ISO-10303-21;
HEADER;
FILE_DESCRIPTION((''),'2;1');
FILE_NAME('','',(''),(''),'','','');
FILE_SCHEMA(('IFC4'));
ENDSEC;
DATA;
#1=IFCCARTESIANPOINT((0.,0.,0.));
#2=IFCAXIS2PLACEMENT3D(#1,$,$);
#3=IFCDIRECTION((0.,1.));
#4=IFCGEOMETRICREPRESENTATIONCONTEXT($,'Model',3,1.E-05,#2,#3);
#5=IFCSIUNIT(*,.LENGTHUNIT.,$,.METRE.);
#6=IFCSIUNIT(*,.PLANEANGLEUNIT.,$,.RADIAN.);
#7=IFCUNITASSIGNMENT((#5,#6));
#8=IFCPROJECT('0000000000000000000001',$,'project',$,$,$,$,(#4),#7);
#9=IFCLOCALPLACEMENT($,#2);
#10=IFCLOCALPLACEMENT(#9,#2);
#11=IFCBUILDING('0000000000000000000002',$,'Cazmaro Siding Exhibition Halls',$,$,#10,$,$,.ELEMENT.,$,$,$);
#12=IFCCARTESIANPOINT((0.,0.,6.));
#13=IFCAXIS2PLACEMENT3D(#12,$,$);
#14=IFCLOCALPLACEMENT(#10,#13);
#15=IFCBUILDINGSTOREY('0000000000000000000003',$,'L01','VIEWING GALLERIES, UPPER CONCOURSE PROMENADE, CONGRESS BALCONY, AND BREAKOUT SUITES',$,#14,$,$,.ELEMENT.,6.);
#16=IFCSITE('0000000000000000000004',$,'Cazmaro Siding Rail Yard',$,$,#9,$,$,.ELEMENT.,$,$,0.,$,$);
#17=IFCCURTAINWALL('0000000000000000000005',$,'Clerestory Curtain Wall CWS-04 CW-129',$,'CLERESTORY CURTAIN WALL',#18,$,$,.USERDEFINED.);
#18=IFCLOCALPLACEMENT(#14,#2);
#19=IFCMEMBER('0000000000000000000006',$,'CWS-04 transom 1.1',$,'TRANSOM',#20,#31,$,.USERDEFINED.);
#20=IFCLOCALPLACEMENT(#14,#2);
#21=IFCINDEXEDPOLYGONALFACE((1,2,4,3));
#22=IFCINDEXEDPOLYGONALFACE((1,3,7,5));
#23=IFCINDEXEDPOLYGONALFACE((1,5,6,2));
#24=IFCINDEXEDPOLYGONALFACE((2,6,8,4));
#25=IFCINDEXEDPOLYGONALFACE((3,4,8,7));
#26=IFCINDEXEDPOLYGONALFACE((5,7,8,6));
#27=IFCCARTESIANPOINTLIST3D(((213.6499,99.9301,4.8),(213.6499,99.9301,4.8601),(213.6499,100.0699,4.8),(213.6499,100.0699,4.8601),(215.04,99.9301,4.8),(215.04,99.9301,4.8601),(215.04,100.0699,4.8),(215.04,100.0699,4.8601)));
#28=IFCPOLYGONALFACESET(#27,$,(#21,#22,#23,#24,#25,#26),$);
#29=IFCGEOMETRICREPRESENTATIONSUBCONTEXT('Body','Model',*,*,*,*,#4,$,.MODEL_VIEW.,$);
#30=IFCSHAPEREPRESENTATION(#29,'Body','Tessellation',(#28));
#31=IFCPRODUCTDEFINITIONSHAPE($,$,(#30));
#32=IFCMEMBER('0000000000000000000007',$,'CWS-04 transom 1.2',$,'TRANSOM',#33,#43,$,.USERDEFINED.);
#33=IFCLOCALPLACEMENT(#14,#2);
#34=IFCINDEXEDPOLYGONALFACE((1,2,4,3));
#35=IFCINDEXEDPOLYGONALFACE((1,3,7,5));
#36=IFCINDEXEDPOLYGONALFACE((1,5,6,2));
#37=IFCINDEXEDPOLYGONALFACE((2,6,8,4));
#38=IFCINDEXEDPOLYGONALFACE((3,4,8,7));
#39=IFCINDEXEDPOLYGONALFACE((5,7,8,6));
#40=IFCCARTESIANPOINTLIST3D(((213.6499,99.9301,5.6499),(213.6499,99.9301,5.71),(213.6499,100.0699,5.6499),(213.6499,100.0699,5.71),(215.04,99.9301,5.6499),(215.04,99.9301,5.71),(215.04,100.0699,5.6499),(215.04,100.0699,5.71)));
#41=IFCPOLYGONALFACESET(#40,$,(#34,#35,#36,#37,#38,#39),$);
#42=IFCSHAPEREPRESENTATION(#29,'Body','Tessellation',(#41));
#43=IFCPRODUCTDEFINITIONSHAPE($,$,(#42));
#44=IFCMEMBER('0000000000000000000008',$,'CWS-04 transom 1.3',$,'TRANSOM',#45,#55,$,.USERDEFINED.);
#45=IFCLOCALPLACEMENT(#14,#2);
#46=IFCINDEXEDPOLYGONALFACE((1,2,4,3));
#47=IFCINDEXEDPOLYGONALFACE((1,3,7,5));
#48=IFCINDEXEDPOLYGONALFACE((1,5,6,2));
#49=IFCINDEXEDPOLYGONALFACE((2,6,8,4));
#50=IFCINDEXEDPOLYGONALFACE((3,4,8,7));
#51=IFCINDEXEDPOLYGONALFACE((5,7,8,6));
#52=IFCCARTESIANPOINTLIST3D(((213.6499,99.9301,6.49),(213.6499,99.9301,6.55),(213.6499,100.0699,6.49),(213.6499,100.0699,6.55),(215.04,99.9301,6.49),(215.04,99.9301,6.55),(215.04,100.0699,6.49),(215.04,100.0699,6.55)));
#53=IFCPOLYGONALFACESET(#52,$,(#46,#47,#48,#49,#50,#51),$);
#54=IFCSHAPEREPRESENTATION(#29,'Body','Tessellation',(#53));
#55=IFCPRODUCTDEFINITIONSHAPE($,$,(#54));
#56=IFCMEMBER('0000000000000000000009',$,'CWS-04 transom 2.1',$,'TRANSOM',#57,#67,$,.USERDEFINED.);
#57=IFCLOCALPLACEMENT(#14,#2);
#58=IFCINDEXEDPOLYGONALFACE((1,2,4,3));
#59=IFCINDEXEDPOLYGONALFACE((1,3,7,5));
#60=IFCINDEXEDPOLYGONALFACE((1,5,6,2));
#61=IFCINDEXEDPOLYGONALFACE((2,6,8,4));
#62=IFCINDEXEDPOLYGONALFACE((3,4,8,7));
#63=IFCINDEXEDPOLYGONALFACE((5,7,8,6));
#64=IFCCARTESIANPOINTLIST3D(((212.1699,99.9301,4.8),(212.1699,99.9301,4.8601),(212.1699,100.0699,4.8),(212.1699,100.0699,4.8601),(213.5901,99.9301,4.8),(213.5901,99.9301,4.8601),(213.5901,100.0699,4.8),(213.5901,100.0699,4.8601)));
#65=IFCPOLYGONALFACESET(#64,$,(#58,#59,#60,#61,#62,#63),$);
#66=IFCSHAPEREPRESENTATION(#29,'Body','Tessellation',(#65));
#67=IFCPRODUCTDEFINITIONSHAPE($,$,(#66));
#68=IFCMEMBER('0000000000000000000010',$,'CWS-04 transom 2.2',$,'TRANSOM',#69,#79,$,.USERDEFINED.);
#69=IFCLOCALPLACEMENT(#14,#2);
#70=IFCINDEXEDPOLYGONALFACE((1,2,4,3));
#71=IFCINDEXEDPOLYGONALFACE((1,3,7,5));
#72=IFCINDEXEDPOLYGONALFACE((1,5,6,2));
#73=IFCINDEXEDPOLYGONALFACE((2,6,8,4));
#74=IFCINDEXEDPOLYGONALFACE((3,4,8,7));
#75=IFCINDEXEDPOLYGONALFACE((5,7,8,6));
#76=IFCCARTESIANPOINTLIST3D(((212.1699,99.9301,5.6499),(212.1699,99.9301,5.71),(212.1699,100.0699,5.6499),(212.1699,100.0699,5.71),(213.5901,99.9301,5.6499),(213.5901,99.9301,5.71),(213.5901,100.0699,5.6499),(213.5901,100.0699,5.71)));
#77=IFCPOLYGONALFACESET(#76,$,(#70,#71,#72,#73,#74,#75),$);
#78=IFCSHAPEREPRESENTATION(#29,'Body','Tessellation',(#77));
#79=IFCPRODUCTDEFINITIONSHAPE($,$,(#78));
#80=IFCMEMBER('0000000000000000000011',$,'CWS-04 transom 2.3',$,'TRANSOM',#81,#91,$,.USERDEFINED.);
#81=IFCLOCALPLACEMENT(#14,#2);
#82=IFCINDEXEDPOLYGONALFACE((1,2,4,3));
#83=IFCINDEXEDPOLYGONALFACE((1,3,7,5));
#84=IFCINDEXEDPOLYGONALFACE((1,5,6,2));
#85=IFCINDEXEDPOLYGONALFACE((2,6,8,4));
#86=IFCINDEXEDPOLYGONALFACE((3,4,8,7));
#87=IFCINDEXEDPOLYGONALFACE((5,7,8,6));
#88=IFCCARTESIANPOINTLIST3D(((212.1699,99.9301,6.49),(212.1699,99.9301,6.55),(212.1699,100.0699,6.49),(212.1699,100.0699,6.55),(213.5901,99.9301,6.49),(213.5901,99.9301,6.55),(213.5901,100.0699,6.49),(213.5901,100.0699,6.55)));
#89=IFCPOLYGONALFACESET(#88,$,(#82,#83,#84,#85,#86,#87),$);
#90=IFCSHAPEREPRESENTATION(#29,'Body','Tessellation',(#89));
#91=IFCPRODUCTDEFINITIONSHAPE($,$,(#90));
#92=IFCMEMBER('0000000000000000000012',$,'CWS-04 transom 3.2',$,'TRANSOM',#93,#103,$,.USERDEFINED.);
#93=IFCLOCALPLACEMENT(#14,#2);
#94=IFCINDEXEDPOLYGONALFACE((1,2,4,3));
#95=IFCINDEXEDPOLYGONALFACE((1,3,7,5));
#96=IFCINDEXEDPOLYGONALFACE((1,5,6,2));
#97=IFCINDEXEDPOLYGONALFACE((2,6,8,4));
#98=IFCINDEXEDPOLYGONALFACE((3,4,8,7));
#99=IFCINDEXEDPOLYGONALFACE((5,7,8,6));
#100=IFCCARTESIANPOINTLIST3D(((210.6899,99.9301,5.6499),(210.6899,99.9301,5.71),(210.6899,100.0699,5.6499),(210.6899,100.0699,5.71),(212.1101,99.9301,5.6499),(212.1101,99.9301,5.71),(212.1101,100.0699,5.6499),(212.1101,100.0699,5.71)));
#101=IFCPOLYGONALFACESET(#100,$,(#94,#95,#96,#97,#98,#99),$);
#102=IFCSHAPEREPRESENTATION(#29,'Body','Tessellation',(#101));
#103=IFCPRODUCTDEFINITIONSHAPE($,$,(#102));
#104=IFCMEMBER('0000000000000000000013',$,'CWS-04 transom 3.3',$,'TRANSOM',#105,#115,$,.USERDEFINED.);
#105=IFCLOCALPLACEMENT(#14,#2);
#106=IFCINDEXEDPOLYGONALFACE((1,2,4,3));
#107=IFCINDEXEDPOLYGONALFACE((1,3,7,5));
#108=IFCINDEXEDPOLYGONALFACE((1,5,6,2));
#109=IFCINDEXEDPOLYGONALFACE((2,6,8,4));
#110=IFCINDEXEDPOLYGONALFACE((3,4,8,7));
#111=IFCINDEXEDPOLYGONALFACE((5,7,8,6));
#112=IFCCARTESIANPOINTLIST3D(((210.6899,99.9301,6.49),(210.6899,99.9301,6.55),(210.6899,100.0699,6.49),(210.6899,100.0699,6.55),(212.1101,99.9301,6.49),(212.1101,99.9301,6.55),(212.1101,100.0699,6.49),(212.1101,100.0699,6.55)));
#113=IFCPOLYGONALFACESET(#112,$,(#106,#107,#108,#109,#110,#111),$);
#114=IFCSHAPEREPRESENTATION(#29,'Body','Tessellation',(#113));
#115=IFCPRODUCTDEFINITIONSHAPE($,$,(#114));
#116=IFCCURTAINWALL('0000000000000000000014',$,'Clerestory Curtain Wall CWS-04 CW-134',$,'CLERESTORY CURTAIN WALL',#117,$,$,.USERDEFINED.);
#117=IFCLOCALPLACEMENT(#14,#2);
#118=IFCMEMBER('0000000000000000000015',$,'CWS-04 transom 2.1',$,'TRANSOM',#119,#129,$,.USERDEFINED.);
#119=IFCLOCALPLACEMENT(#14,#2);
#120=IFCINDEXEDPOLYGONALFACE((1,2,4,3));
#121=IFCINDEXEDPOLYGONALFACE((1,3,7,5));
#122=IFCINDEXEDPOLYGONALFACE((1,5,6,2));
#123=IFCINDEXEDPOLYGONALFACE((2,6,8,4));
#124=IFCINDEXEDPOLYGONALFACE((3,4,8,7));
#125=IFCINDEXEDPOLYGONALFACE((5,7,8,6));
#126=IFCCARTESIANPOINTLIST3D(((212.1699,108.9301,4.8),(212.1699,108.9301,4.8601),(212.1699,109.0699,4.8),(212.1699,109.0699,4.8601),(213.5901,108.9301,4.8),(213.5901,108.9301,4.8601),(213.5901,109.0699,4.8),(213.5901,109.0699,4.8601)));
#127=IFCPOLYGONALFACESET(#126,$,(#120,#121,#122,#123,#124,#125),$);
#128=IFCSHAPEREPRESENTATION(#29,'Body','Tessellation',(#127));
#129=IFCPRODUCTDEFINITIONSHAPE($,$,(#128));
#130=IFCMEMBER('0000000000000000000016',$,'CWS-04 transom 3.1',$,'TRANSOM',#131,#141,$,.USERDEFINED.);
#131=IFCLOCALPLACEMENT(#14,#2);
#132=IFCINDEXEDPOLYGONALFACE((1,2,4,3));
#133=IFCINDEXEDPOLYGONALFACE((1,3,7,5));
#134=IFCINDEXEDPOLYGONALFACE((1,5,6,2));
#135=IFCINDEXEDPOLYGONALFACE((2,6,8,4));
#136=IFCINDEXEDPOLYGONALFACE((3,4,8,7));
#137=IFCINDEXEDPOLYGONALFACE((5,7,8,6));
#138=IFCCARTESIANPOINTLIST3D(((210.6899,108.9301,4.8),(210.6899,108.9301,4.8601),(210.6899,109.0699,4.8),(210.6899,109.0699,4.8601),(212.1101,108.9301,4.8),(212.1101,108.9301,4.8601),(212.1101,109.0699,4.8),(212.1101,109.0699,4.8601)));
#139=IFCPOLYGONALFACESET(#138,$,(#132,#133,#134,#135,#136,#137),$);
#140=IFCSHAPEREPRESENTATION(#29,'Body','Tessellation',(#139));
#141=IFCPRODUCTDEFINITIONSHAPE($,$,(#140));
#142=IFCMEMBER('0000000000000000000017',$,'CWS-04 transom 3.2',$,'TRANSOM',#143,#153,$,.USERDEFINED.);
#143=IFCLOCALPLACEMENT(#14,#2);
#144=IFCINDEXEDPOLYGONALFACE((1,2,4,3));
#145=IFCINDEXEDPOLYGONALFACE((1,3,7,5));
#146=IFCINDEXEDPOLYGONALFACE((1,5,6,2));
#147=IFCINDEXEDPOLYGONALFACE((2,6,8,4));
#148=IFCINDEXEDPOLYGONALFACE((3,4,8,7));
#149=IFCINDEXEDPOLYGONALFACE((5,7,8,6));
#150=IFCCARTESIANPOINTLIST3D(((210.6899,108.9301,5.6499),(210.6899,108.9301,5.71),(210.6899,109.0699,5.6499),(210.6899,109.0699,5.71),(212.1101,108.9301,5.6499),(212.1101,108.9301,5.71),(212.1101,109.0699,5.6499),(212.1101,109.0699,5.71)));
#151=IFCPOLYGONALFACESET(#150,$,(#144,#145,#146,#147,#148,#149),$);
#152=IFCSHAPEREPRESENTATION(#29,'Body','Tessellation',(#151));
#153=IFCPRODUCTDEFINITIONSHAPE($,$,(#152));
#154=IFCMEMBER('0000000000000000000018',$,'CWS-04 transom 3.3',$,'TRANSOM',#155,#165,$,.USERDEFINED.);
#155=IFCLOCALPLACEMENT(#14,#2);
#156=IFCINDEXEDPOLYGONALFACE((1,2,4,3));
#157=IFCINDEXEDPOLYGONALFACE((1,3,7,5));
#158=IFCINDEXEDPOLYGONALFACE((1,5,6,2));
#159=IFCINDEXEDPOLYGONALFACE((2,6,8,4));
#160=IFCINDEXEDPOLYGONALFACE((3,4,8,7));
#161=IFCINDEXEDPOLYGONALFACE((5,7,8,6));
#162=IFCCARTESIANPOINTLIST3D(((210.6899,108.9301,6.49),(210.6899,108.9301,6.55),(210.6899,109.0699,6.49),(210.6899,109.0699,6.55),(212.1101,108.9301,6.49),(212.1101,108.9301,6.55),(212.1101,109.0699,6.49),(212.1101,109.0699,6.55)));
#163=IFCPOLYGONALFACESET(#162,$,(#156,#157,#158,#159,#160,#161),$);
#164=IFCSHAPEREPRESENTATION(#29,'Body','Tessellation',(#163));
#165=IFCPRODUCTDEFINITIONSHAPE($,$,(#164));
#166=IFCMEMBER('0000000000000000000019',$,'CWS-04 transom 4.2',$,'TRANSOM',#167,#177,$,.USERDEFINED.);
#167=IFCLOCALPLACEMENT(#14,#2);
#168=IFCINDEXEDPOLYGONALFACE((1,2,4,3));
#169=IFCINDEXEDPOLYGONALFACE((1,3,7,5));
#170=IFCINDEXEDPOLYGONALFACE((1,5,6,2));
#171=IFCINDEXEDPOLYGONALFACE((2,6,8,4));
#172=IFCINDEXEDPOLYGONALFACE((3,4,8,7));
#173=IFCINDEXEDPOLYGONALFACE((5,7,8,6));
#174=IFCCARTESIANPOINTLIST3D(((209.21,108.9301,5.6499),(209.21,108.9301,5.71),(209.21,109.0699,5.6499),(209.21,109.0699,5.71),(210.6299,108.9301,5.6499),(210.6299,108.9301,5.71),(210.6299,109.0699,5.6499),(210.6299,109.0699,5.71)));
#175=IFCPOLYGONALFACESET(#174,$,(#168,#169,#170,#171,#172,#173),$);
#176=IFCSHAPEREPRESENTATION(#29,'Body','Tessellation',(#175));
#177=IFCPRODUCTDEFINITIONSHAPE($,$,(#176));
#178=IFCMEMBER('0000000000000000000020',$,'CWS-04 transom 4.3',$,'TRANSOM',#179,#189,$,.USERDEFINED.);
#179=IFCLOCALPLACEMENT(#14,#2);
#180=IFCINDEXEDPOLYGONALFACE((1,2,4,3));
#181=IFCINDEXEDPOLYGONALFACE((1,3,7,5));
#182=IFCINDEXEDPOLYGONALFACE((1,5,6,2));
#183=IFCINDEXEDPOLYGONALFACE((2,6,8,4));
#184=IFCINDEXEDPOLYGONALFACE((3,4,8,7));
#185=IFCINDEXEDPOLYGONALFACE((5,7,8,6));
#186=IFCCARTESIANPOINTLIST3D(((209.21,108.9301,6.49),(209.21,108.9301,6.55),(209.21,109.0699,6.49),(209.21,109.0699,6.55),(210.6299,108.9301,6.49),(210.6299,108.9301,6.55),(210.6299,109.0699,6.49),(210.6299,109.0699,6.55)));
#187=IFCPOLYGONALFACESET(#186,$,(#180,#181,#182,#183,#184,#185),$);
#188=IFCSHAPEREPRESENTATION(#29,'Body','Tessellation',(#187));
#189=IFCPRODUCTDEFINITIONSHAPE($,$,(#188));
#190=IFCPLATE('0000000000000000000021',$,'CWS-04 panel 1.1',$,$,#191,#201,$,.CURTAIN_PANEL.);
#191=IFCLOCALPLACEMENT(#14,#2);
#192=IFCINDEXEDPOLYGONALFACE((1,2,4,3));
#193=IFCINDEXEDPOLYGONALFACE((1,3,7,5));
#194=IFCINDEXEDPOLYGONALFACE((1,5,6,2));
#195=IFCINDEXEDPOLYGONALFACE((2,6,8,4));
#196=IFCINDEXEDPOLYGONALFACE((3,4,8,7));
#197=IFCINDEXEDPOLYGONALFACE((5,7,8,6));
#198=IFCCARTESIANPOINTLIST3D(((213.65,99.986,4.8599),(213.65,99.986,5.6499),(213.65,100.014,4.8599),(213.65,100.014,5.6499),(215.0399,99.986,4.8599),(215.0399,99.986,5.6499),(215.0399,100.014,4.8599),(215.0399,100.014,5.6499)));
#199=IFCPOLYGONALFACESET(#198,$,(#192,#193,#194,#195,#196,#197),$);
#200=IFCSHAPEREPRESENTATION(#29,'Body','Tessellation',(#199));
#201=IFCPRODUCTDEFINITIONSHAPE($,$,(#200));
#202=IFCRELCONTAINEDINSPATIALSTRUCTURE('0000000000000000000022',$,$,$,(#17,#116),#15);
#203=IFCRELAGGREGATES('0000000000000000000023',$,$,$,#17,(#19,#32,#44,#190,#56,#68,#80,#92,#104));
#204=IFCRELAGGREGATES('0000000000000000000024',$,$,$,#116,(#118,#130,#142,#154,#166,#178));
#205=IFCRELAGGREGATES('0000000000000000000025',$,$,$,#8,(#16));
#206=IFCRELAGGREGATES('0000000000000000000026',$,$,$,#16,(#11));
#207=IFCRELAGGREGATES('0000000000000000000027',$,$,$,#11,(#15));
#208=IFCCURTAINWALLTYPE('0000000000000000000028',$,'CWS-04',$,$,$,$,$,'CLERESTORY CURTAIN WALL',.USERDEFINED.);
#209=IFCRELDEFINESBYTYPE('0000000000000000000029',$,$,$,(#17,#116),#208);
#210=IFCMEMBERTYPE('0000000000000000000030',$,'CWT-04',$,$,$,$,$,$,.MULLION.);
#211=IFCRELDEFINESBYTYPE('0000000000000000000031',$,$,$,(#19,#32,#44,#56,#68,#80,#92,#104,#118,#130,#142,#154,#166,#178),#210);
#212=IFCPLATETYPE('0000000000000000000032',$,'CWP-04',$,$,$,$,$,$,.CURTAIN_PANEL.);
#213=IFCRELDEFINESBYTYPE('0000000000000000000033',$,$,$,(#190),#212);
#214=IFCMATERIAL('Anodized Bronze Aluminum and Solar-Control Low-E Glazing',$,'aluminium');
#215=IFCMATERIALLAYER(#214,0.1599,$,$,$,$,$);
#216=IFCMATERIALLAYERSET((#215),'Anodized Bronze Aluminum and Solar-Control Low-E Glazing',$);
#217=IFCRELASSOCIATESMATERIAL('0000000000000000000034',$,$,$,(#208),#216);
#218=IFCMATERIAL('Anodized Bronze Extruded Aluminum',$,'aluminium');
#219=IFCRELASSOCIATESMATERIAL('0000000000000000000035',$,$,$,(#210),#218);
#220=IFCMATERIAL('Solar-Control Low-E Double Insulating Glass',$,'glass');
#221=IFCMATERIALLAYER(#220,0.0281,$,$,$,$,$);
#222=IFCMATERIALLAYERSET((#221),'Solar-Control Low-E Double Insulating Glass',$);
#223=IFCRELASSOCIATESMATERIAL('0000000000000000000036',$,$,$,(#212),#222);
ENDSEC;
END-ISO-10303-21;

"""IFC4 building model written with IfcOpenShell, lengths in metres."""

from ifc_helpers import new_model, si_unit, direction, frame, origin, origin_2d, place, context, subcontext, project, spatial, rectangle, extrude, material, layer, layer_set, material_profile, profile_set, type_object, element, aggregate, save


model = new_model("IFC4")

# Units and contexts
model_context = context("Model", 3, precision=1e-05, world=origin(), true_north=direction((0.0, 1.0)))
body_context = subcontext(model_context, "Body", "Model", "MODEL_VIEW")
ifc_project = project(units=[si_unit("LENGTHUNIT", "METRE"), si_unit("PLANEANGLEUNIT", "RADIAN")], contexts=[model_context])

# Site, building, storey
site_placement = place(None, origin())
site = spatial("IfcSite", under=ifc_project, at=site_placement, Name="Cazmaro Siding Rail Yard", CompositionType="ELEMENT", RefElevation=0.0)
building_placement = place(site_placement, origin())
building = spatial("IfcBuilding", under=site, at=building_placement, Name="Cazmaro Siding Exhibition Halls", CompositionType="ELEMENT")
storey_placement = place(building_placement, frame((0.0, 0.0, 6.0)))
storey = spatial("IfcBuildingStorey", under=building, at=storey_placement, Name="L01", Description="VIEWING GALLERIES, UPPER CONCOURSE PROMENADE, CONGRESS BALCONY, AND BREAKOUT SUITES", CompositionType="ELEMENT", Elevation=6.0)

# Curtain walls, members
ifc_material_1 = material(Name="Anodized Bronze Aluminum and Solar-Control Low-E Glazing", Category="aluminium")
ifc_layer_1 = layer(ifc_material_1, 0.1599)
ifc_layer_set_1 = layer_set([ifc_layer_1], Name="Anodized Bronze Aluminum and Solar-Control Low-E Glazing")
curtain_wall_type = type_object("IfcCurtainWallType", Name="CWS-04", ElementType="CLERESTORY CURTAIN WALL", PredefinedType="USERDEFINED", material=ifc_layer_set_1)
curtain_wall_1_placement = place(storey_placement, origin())
curtain_wall_1 = element("IfcCurtainWall", 1, at=curtain_wall_1_placement, inside=storey, type_object=curtain_wall_type, Name="Clerestory Curtain Wall CWS-04 CW-129", ObjectType="CLERESTORY CURTAIN WALL", PredefinedType="USERDEFINED")
ifc_material_2 = material(Name="Anodized Bronze Extruded Aluminum", Category="aluminium")
ifc_material_profile = material_profile(ifc_material_2, rectangle(XDim=0.1399, YDim=0.0601, at=origin_2d()), Name="CWT-04")
ifc_profile_set = profile_set([ifc_material_profile], Name="Anodized Bronze Extruded Aluminum")
member_type = type_object("IfcMemberType", Name="CWT-04", PredefinedType="MULLION", material=ifc_profile_set)
member_1_placement = place(storey_placement, frame((215.04, 100.0, 4.8301), z_axis=(-1.0, 0.0, 0.0), x_axis=(0.0, -1.0, 0.0)))
member_1 = element("IfcMember", 2, at=member_1_placement, type_object=member_type, Name="CWS-04 transom 1.1", ObjectType="TRANSOM", PredefinedType="USERDEFINED", context=body_context, shape_type="SweptSolid", body=[
    extrude(rectangle(XDim=0.1399, YDim=0.0601, at=origin_2d()), origin(), (0.0, 0.0, 1.0), 1.3901),
])
member_2_placement = place(storey_placement, frame((215.04, 100.0, 5.6799), z_axis=(-1.0, 0.0, 0.0), x_axis=(0.0, -1.0, 0.0)))
member_2 = element("IfcMember", 3, at=member_2_placement, type_object=member_type, Name="CWS-04 transom 1.2", ObjectType="TRANSOM", PredefinedType="USERDEFINED", context=body_context, shape_type="SweptSolid", body=[
    extrude(rectangle(XDim=0.1399, YDim=0.0601, at=origin_2d()), origin(), (0.0, 0.0, 1.0), 1.3901),
])
member_3_placement = place(storey_placement, frame((215.04, 100.0, 6.52), z_axis=(-1.0, 0.0, 0.0), x_axis=(0.0, -1.0, 0.0)))
member_3 = element("IfcMember", 4, at=member_3_placement, type_object=member_type, Name="CWS-04 transom 1.3", ObjectType="TRANSOM", PredefinedType="USERDEFINED", context=body_context, shape_type="SweptSolid", body=[
    extrude(rectangle(XDim=0.1399, YDim=0.0601, at=origin_2d()), origin(), (0.0, 0.0, 1.0), 1.3901),
])
member_4_placement = place(storey_placement, frame((213.5901, 100.0, 4.8301), z_axis=(-1.0, 0.0, 0.0), x_axis=(0.0, -1.0, 0.0)))
member_4 = element("IfcMember", 5, at=member_4_placement, type_object=member_type, Name="CWS-04 transom 2.1", ObjectType="TRANSOM", PredefinedType="USERDEFINED", context=body_context, shape_type="SweptSolid", body=[
    extrude(rectangle(XDim=0.1399, YDim=0.0601, at=origin_2d()), origin(), (0.0, 0.0, 1.0), 1.4202),
])
member_5_placement = place(storey_placement, frame((213.5901, 100.0, 5.6799), z_axis=(-1.0, 0.0, 0.0), x_axis=(0.0, -1.0, 0.0)))
member_5 = element("IfcMember", 6, at=member_5_placement, type_object=member_type, Name="CWS-04 transom 2.2", ObjectType="TRANSOM", PredefinedType="USERDEFINED", context=body_context, shape_type="SweptSolid", body=[
    extrude(rectangle(XDim=0.1399, YDim=0.0601, at=origin_2d()), origin(), (0.0, 0.0, 1.0), 1.4202),
])
member_6_placement = place(storey_placement, frame((213.5901, 100.0, 6.52), z_axis=(-1.0, 0.0, 0.0), x_axis=(0.0, -1.0, 0.0)))
member_6 = element("IfcMember", 7, at=member_6_placement, type_object=member_type, Name="CWS-04 transom 2.3", ObjectType="TRANSOM", PredefinedType="USERDEFINED", context=body_context, shape_type="SweptSolid", body=[
    extrude(rectangle(XDim=0.1399, YDim=0.0601, at=origin_2d()), origin(), (0.0, 0.0, 1.0), 1.4202),
])
member_7_placement = place(storey_placement, frame((212.1101, 100.0, 5.6799), z_axis=(-1.0, 0.0, 0.0), x_axis=(0.0, -1.0, 0.0)))
member_7 = element("IfcMember", 8, at=member_7_placement, type_object=member_type, Name="CWS-04 transom 3.2", ObjectType="TRANSOM", PredefinedType="USERDEFINED", context=body_context, shape_type="SweptSolid", body=[
    extrude(rectangle(XDim=0.1399, YDim=0.0601, at=origin_2d()), origin(), (0.0, 0.0, 1.0), 1.4202),
])
member_8_placement = place(storey_placement, frame((212.1101, 100.0, 6.52), z_axis=(-1.0, 0.0, 0.0), x_axis=(0.0, -1.0, 0.0)))
member_8 = element("IfcMember", 9, at=member_8_placement, type_object=member_type, Name="CWS-04 transom 3.3", ObjectType="TRANSOM", PredefinedType="USERDEFINED", context=body_context, shape_type="SweptSolid", body=[
    extrude(rectangle(XDim=0.1399, YDim=0.0601, at=origin_2d()), origin(), (0.0, 0.0, 1.0), 1.4202),
])
curtain_wall_2_placement = place(storey_placement, origin())
curtain_wall_2 = element("IfcCurtainWall", 10, at=curtain_wall_2_placement, inside=storey, type_object=curtain_wall_type, Name="Clerestory Curtain Wall CWS-04 CW-134", ObjectType="CLERESTORY CURTAIN WALL", PredefinedType="USERDEFINED")
member_9_placement = place(storey_placement, frame((213.5901, 109.0, 4.8301), z_axis=(-1.0, 0.0, 0.0), x_axis=(0.0, -1.0, 0.0)))
member_9 = element("IfcMember", 11, at=member_9_placement, type_object=member_type, Name="CWS-04 transom 2.1", ObjectType="TRANSOM", PredefinedType="USERDEFINED", context=body_context, shape_type="SweptSolid", body=[
    extrude(rectangle(XDim=0.1399, YDim=0.0601, at=origin_2d()), origin(), (0.0, 0.0, 1.0), 1.4202),
])
member_10_placement = place(storey_placement, frame((212.1101, 109.0, 4.8301), z_axis=(-1.0, 0.0, 0.0), x_axis=(0.0, -1.0, 0.0)))
member_10 = element("IfcMember", 12, at=member_10_placement, type_object=member_type, Name="CWS-04 transom 3.1", ObjectType="TRANSOM", PredefinedType="USERDEFINED", context=body_context, shape_type="SweptSolid", body=[
    extrude(rectangle(XDim=0.1399, YDim=0.0601, at=origin_2d()), origin(), (0.0, 0.0, 1.0), 1.4202),
])
member_11_placement = place(storey_placement, frame((212.1101, 109.0, 5.6799), z_axis=(-1.0, 0.0, 0.0), x_axis=(0.0, -1.0, 0.0)))
member_11 = element("IfcMember", 13, at=member_11_placement, type_object=member_type, Name="CWS-04 transom 3.2", ObjectType="TRANSOM", PredefinedType="USERDEFINED", context=body_context, shape_type="SweptSolid", body=[
    extrude(rectangle(XDim=0.1399, YDim=0.0601, at=origin_2d()), origin(), (0.0, 0.0, 1.0), 1.4202),
])
member_12_placement = place(storey_placement, frame((212.1101, 109.0, 6.52), z_axis=(-1.0, 0.0, 0.0), x_axis=(0.0, -1.0, 0.0)))
member_12 = element("IfcMember", 14, at=member_12_placement, type_object=member_type, Name="CWS-04 transom 3.3", ObjectType="TRANSOM", PredefinedType="USERDEFINED", context=body_context, shape_type="SweptSolid", body=[
    extrude(rectangle(XDim=0.1399, YDim=0.0601, at=origin_2d()), origin(), (0.0, 0.0, 1.0), 1.4202),
])
member_13_placement = place(storey_placement, frame((210.6299, 109.0, 5.6799), z_axis=(-1.0, 0.0, 0.0), x_axis=(0.0, -1.0, 0.0)))
member_13 = element("IfcMember", 15, at=member_13_placement, type_object=member_type, Name="CWS-04 transom 4.2", ObjectType="TRANSOM", PredefinedType="USERDEFINED", context=body_context, shape_type="SweptSolid", body=[
    extrude(rectangle(XDim=0.1399, YDim=0.0601, at=origin_2d()), origin(), (0.0, 0.0, 1.0), 1.4199),
])
member_14_placement = place(storey_placement, frame((210.6299, 109.0, 6.52), z_axis=(-1.0, 0.0, 0.0), x_axis=(0.0, -1.0, 0.0)))
member_14 = element("IfcMember", 16, at=member_14_placement, type_object=member_type, Name="CWS-04 transom 4.3", ObjectType="TRANSOM", PredefinedType="USERDEFINED", context=body_context, shape_type="SweptSolid", body=[
    extrude(rectangle(XDim=0.1399, YDim=0.0601, at=origin_2d()), origin(), (0.0, 0.0, 1.0), 1.4199),
])

# Plate
ifc_material_3 = material(Name="Solar-Control Low-E Double Insulating Glass", Category="glass")
ifc_layer_2 = layer(ifc_material_3, 0.0281)
ifc_layer_set_2 = layer_set([ifc_layer_2], Name="Solar-Control Low-E Double Insulating Glass")
plate_type = type_object("IfcPlateType", Name="CWP-04", PredefinedType="CURTAIN_PANEL", material=ifc_layer_set_2)
plate_1_placement = place(storey_placement, frame((214.345, 100.0, 4.8599), z_axis=(0.0, 0.0, 1.0), x_axis=(-1.0, 0.0, 0.0)))
plate_1 = element("IfcPlate", 17, at=plate_1_placement, type_object=plate_type, Name="CWS-04 panel 1.1", PredefinedType="CURTAIN_PANEL", context=body_context, shape_type="SweptSolid", body=[
    extrude(rectangle(XDim=1.3899, YDim=0.0281, at=origin_2d()), origin(), (0.0, 0.0, 1.0), 0.79),
])
aggregate(curtain_wall_1, [member_1, member_2, member_3, plate_1, member_4, member_5, member_6, member_7, member_8])
aggregate(curtain_wall_2, [member_9, member_10, member_11, member_12, member_13, member_14])

save(model, "model.ifc")
